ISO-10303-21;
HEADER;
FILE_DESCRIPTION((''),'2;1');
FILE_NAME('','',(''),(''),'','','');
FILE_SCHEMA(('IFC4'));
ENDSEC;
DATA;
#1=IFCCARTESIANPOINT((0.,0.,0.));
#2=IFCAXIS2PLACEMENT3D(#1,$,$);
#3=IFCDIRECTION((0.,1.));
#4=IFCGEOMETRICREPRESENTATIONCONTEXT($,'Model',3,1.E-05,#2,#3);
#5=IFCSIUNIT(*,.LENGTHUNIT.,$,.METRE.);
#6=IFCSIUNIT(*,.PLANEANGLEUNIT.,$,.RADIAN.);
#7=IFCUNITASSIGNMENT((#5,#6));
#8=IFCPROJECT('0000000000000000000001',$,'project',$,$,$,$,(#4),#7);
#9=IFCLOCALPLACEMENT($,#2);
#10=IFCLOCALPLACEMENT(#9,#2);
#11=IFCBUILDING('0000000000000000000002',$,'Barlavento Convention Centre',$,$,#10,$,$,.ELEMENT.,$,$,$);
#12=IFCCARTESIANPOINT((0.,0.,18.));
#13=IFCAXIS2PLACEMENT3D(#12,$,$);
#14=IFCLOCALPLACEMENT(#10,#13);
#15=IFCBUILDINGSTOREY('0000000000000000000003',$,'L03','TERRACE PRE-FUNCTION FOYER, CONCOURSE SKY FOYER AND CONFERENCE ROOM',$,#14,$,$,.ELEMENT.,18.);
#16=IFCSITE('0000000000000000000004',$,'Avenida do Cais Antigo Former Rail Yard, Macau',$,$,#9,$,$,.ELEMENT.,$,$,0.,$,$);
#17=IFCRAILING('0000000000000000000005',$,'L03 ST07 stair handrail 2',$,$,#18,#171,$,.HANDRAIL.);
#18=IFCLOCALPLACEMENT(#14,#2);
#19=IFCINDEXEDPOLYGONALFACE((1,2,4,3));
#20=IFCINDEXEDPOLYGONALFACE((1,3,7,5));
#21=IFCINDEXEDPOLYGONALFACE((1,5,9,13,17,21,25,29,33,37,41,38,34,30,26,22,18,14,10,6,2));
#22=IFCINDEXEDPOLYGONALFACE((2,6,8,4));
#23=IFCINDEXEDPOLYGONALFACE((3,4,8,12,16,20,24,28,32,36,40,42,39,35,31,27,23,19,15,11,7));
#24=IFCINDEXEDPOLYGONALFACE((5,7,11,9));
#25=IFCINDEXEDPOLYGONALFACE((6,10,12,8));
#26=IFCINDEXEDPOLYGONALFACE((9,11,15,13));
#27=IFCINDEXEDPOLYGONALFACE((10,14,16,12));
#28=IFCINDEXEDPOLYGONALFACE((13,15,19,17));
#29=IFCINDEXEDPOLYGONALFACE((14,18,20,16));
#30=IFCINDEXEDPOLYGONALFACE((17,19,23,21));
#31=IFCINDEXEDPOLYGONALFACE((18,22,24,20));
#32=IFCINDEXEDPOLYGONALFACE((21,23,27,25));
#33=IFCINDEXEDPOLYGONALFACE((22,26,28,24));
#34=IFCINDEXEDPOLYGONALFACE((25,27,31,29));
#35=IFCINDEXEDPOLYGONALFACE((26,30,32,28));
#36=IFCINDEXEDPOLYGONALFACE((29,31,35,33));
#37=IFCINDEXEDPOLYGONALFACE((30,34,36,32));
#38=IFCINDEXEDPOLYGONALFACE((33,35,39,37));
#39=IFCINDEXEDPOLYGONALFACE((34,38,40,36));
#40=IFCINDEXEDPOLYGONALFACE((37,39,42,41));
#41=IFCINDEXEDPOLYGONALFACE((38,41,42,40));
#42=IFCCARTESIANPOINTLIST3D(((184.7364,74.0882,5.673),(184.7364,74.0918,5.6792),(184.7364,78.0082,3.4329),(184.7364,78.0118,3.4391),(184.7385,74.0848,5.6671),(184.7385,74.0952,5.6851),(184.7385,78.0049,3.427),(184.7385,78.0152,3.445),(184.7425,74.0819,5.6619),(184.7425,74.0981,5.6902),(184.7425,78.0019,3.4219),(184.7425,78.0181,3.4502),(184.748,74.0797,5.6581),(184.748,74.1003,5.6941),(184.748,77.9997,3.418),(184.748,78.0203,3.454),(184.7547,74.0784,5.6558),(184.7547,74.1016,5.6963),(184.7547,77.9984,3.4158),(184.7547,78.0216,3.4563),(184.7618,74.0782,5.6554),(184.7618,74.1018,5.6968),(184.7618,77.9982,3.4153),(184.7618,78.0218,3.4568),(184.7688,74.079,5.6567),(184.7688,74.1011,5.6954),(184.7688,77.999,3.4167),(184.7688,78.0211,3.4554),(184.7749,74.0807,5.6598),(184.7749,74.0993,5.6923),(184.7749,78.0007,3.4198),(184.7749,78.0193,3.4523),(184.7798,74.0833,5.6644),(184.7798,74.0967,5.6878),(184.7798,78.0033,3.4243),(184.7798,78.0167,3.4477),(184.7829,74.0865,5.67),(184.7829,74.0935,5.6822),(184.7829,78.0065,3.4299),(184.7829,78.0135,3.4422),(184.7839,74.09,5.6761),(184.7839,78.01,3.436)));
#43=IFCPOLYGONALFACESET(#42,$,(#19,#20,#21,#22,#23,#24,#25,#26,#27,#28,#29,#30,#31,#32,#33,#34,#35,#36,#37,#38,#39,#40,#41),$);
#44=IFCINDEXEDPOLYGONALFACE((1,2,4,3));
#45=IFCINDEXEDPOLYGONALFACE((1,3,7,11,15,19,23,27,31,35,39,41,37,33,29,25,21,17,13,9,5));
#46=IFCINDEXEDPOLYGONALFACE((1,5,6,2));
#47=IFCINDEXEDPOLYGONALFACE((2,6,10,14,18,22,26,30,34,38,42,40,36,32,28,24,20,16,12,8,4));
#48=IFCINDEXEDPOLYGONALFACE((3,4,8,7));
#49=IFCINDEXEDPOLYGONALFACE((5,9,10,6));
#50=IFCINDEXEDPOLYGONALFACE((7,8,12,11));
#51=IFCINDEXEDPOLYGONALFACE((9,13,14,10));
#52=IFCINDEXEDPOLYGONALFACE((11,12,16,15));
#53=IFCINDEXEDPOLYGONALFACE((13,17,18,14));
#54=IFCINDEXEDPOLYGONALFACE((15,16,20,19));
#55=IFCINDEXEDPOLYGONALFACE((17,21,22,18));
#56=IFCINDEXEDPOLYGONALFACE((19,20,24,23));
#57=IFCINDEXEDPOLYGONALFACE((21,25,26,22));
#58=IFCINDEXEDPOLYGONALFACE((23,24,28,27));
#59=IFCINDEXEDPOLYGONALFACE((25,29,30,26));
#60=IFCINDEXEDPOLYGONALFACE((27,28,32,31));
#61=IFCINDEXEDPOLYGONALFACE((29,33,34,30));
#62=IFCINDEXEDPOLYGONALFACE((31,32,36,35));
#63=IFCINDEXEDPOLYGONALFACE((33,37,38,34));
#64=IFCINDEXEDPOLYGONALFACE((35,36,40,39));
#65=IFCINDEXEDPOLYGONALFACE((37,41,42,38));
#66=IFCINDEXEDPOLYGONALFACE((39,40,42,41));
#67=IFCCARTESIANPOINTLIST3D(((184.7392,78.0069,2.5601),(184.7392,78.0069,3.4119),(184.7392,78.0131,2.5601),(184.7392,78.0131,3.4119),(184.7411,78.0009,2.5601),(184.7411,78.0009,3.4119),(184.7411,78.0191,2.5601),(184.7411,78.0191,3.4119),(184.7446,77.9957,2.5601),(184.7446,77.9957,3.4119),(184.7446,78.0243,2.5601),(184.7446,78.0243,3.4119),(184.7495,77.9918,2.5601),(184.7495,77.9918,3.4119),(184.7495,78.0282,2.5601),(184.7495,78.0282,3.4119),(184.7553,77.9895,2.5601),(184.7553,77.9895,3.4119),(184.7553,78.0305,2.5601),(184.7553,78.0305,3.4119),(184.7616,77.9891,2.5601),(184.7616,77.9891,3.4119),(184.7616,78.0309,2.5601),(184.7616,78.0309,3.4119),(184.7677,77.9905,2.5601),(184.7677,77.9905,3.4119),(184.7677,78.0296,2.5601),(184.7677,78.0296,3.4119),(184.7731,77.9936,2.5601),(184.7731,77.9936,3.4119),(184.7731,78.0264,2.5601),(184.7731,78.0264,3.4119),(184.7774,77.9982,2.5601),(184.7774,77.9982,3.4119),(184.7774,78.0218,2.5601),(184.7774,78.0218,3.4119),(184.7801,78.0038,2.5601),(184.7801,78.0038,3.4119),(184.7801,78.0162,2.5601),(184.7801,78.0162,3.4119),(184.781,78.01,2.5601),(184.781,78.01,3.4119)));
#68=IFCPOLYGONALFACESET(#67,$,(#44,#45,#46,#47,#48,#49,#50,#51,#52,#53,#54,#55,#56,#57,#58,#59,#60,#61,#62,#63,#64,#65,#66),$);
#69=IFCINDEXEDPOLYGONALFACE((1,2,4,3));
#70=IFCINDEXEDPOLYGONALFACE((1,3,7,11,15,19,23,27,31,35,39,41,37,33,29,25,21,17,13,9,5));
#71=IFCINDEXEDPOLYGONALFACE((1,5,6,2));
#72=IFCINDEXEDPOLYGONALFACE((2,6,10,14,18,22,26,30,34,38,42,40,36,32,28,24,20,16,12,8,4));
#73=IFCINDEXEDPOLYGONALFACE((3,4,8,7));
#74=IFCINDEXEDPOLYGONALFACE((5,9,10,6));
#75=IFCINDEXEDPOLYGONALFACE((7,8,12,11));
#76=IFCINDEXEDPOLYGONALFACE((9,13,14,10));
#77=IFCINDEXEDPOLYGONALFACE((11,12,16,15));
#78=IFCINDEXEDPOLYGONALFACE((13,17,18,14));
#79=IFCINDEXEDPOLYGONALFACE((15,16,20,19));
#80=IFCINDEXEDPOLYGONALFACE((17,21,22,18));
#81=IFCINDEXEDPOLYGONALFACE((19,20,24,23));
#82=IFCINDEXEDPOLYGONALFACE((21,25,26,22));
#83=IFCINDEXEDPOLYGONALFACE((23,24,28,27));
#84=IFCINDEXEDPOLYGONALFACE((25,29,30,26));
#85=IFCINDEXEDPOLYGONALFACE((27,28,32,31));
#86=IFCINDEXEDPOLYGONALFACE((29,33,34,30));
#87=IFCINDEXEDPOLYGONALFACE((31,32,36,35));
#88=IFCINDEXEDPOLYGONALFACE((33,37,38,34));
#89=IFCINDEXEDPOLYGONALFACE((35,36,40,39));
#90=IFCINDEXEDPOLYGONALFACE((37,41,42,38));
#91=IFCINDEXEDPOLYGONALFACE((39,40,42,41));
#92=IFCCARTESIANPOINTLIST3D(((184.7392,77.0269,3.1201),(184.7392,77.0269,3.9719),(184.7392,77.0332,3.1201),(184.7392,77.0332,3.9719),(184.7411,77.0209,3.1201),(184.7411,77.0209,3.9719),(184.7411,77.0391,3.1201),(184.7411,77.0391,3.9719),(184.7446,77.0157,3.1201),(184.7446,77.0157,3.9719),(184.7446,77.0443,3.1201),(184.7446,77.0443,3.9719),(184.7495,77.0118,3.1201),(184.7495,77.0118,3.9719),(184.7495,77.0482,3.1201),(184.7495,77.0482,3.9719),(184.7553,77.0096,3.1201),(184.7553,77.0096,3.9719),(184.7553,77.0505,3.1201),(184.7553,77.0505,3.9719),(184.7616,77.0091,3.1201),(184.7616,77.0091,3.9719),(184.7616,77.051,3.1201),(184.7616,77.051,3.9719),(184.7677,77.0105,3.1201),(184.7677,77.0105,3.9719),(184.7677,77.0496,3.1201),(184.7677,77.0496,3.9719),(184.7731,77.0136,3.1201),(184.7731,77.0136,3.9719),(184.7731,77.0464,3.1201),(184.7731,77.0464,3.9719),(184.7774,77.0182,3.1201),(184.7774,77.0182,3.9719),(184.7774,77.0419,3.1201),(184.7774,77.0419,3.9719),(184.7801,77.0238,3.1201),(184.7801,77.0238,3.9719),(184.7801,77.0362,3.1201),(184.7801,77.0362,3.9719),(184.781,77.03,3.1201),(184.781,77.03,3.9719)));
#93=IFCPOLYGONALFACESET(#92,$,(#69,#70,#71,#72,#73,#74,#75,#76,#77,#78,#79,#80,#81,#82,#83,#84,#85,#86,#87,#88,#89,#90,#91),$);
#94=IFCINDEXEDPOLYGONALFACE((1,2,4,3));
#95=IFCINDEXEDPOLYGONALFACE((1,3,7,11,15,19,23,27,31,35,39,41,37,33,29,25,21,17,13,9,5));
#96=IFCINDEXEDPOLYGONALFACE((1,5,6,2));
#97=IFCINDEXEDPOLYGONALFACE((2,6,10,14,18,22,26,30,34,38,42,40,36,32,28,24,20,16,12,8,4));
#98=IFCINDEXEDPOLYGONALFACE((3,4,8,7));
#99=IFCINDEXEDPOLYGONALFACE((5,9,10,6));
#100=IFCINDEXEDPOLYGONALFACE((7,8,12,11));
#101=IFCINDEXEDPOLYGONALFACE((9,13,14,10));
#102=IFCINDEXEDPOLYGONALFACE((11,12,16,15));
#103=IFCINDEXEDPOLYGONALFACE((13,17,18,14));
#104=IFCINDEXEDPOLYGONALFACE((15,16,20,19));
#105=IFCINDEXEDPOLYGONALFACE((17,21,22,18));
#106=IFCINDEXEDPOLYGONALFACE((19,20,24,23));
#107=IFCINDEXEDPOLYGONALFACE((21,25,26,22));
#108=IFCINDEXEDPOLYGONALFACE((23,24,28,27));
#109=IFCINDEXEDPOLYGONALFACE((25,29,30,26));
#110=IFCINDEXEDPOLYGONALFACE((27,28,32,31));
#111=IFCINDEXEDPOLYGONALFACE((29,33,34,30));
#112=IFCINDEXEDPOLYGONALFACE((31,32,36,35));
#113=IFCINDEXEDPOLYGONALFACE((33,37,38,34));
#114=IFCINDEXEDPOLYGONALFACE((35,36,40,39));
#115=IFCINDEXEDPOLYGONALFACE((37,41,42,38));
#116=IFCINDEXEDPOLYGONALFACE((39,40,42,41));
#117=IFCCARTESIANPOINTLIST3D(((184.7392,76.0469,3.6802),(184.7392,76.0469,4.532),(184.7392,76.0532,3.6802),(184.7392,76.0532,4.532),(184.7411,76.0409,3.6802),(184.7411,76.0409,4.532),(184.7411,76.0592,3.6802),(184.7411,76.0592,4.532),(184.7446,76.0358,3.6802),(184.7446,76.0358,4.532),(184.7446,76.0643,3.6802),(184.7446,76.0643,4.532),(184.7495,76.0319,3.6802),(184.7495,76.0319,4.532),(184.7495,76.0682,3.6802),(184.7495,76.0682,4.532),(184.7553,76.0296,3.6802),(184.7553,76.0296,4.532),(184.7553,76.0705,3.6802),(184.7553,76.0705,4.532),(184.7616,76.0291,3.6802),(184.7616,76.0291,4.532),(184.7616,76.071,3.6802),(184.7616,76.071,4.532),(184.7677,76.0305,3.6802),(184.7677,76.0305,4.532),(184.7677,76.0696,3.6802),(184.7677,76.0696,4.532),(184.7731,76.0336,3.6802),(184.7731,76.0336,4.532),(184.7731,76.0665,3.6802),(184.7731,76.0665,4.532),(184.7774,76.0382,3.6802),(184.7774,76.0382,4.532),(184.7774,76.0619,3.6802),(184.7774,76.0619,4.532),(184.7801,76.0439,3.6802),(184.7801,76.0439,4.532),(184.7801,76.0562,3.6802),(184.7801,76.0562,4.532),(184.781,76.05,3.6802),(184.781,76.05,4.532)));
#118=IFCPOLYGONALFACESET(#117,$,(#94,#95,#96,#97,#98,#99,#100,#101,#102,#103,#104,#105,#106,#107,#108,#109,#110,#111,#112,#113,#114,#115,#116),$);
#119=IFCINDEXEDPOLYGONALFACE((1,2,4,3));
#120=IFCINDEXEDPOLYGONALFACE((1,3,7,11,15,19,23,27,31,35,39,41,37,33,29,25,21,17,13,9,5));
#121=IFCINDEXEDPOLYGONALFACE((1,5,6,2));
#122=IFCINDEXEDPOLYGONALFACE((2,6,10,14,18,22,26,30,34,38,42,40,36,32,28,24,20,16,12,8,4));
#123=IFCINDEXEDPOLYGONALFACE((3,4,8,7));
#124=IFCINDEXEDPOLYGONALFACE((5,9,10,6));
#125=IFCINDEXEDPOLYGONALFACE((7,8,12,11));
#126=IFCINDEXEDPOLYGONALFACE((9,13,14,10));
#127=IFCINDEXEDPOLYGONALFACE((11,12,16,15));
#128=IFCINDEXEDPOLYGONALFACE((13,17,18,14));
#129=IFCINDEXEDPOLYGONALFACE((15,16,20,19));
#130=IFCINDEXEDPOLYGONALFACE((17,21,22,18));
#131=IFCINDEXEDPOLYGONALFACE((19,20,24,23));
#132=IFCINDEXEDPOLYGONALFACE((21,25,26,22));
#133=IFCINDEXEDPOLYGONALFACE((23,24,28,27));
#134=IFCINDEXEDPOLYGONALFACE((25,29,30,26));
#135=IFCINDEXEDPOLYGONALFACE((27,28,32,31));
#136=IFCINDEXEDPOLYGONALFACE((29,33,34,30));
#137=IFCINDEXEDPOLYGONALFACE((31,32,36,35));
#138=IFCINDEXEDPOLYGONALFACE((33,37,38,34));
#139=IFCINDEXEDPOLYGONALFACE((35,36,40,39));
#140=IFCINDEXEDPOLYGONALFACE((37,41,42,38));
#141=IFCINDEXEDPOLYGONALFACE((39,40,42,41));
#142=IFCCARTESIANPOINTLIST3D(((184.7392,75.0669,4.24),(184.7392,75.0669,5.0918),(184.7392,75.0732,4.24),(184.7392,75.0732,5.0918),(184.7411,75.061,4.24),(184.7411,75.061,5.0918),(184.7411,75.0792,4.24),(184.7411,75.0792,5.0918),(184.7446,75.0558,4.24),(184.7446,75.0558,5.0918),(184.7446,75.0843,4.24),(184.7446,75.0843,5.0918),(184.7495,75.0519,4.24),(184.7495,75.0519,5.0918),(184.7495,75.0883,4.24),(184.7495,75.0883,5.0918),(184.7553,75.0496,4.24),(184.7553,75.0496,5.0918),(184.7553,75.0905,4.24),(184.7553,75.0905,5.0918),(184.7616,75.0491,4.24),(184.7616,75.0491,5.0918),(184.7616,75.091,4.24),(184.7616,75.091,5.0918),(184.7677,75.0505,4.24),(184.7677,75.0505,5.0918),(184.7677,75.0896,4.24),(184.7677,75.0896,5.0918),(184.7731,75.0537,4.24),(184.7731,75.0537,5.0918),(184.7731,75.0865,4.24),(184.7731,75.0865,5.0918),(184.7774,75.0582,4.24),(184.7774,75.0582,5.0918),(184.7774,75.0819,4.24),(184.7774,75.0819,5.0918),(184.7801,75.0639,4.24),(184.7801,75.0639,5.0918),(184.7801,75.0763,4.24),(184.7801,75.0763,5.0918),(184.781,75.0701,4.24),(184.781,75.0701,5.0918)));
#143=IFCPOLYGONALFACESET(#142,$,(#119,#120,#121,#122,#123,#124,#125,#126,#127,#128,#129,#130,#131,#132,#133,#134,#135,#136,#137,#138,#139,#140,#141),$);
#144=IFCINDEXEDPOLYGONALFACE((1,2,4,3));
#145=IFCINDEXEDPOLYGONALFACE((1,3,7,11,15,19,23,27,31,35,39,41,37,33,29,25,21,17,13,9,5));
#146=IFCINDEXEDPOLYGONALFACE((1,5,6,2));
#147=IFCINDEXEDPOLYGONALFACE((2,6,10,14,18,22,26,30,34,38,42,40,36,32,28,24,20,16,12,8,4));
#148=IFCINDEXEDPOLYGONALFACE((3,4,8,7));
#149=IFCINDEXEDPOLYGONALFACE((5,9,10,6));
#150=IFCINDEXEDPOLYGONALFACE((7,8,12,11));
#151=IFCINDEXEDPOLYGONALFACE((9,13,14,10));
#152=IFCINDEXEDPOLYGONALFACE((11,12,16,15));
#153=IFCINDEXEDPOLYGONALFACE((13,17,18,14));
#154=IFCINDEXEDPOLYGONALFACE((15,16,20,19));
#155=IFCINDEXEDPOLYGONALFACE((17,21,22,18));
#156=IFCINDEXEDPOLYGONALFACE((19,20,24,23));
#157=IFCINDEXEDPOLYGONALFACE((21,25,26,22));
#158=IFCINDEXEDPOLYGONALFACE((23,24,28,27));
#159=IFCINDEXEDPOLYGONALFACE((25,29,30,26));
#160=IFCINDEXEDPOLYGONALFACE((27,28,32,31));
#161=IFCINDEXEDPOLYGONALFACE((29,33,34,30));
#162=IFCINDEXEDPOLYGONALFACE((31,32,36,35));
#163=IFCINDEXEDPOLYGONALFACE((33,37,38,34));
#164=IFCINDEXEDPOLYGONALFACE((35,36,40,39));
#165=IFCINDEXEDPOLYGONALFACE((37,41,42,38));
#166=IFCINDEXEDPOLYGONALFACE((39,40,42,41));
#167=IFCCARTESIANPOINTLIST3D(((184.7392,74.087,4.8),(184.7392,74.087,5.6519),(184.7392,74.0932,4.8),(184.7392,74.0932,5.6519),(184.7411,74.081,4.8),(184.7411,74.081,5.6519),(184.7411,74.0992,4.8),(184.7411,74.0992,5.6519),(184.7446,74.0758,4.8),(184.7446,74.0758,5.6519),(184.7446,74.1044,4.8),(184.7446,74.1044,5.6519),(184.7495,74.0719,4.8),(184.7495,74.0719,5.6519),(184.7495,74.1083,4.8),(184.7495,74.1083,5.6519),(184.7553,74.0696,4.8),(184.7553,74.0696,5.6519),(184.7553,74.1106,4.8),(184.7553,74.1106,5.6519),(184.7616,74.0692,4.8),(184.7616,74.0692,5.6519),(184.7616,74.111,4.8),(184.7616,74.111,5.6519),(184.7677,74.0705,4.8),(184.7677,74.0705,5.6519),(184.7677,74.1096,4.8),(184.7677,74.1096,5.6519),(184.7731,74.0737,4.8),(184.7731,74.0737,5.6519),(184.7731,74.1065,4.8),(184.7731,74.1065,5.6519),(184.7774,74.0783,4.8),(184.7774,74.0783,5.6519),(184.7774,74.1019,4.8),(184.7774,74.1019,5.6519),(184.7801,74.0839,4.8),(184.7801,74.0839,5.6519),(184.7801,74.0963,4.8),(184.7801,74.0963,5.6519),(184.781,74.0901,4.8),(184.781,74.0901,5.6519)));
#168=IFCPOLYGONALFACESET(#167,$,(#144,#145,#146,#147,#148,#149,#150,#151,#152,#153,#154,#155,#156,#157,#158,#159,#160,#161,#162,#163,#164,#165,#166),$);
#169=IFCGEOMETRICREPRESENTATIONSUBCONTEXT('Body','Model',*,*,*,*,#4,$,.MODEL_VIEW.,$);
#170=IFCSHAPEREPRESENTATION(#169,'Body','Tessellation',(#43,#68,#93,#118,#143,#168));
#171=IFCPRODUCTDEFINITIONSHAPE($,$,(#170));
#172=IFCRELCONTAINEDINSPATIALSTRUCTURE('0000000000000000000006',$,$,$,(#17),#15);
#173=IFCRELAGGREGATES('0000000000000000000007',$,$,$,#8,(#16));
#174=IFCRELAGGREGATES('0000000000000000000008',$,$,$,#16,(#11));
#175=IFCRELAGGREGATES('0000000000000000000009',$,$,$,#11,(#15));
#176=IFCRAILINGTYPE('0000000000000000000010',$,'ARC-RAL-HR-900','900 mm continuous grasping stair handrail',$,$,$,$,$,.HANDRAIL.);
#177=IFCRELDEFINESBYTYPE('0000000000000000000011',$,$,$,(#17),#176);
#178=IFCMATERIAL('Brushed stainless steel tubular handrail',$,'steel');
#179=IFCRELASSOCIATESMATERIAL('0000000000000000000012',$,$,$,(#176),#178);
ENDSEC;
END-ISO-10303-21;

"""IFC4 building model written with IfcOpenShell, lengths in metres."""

from ifc_helpers import new_model, si_unit, direction, frame, origin, origin_2d, place, context, subcontext, project, spatial, circle, extrude, material, type_object, element, save


model = new_model("IFC4")

# Units and contexts
model_context = context("Model", 3, precision=1e-05, world=origin(), true_north=direction((0.0, 1.0)))
body_context = subcontext(model_context, "Body", "Model", "MODEL_VIEW")
ifc_project = project(units=[si_unit("LENGTHUNIT", "METRE"), si_unit("PLANEANGLEUNIT", "RADIAN")], contexts=[model_context])

# Site, building, storey
site_placement = place(None, origin())
site = spatial("IfcSite", under=ifc_project, at=site_placement, Name="Avenida do Cais Antigo Former Rail Yard, Macau", CompositionType="ELEMENT", RefElevation=0.0)
building_placement = place(site_placement, origin())
building = spatial("IfcBuilding", under=site, at=building_placement, Name="Barlavento Convention Centre", CompositionType="ELEMENT")
storey_placement = place(building_placement, frame((0.0, 0.0, 18.0)))
storey = spatial("IfcBuildingStorey", under=building, at=storey_placement, Name="L03", Description="TERRACE PRE-FUNCTION FOYER, CONCOURSE SKY FOYER AND CONFERENCE ROOM", CompositionType="ELEMENT", Elevation=18.0)

# Railing
ifc_material_1 = material(Name="Brushed stainless steel tubular handrail", Category="steel")
railing_type_1 = type_object("IfcRailingType", Name="ARC-RAL-HR-900", Description="900 mm continuous grasping stair handrail", PredefinedType="HANDRAIL", material=ifc_material_1)
railing_1_placement = place(storey_placement, frame((184.76, 78.01, 2.5601)))
element("IfcRailing", 1, at=railing_1_placement, inside=storey, type_object=railing_type_1, Name="L03 ST07 stair handrail 2", PredefinedType="HANDRAIL", context=body_context, shape_type="SweptSolid", body=[
    extrude(circle(Radius=0.0239, at=origin_2d()), frame((0.0, 0.0, 0.876), z_axis=(0.0, -0.86824, 0.496145), x_axis=(1.0, 0.0, 0.0)), (0.0, 0.0, 1.0), 4.5149),
    extrude(circle(Radius=0.021, at=origin_2d()), origin(), (0.0, 0.0, 1.0), 0.8518),
    extrude(circle(Radius=0.021, at=origin_2d()), frame((0.0, -0.98, 0.5601)), (0.0, 0.0, 1.0), 0.8518),
    extrude(circle(Radius=0.021, at=origin_2d()), frame((0.0, -1.96, 1.1201)), (0.0, 0.0, 1.0), 0.8518),
    extrude(circle(Radius=0.021, at=origin_2d()), frame((0.0, -2.9399, 1.6799)), (0.0, 0.0, 1.0), 0.8518),
    extrude(circle(Radius=0.021, at=origin_2d()), frame((0.0, -3.9199, 2.24)), (0.0, 0.0, 1.0), 0.8518),
])

save(model, "model.ifc")
